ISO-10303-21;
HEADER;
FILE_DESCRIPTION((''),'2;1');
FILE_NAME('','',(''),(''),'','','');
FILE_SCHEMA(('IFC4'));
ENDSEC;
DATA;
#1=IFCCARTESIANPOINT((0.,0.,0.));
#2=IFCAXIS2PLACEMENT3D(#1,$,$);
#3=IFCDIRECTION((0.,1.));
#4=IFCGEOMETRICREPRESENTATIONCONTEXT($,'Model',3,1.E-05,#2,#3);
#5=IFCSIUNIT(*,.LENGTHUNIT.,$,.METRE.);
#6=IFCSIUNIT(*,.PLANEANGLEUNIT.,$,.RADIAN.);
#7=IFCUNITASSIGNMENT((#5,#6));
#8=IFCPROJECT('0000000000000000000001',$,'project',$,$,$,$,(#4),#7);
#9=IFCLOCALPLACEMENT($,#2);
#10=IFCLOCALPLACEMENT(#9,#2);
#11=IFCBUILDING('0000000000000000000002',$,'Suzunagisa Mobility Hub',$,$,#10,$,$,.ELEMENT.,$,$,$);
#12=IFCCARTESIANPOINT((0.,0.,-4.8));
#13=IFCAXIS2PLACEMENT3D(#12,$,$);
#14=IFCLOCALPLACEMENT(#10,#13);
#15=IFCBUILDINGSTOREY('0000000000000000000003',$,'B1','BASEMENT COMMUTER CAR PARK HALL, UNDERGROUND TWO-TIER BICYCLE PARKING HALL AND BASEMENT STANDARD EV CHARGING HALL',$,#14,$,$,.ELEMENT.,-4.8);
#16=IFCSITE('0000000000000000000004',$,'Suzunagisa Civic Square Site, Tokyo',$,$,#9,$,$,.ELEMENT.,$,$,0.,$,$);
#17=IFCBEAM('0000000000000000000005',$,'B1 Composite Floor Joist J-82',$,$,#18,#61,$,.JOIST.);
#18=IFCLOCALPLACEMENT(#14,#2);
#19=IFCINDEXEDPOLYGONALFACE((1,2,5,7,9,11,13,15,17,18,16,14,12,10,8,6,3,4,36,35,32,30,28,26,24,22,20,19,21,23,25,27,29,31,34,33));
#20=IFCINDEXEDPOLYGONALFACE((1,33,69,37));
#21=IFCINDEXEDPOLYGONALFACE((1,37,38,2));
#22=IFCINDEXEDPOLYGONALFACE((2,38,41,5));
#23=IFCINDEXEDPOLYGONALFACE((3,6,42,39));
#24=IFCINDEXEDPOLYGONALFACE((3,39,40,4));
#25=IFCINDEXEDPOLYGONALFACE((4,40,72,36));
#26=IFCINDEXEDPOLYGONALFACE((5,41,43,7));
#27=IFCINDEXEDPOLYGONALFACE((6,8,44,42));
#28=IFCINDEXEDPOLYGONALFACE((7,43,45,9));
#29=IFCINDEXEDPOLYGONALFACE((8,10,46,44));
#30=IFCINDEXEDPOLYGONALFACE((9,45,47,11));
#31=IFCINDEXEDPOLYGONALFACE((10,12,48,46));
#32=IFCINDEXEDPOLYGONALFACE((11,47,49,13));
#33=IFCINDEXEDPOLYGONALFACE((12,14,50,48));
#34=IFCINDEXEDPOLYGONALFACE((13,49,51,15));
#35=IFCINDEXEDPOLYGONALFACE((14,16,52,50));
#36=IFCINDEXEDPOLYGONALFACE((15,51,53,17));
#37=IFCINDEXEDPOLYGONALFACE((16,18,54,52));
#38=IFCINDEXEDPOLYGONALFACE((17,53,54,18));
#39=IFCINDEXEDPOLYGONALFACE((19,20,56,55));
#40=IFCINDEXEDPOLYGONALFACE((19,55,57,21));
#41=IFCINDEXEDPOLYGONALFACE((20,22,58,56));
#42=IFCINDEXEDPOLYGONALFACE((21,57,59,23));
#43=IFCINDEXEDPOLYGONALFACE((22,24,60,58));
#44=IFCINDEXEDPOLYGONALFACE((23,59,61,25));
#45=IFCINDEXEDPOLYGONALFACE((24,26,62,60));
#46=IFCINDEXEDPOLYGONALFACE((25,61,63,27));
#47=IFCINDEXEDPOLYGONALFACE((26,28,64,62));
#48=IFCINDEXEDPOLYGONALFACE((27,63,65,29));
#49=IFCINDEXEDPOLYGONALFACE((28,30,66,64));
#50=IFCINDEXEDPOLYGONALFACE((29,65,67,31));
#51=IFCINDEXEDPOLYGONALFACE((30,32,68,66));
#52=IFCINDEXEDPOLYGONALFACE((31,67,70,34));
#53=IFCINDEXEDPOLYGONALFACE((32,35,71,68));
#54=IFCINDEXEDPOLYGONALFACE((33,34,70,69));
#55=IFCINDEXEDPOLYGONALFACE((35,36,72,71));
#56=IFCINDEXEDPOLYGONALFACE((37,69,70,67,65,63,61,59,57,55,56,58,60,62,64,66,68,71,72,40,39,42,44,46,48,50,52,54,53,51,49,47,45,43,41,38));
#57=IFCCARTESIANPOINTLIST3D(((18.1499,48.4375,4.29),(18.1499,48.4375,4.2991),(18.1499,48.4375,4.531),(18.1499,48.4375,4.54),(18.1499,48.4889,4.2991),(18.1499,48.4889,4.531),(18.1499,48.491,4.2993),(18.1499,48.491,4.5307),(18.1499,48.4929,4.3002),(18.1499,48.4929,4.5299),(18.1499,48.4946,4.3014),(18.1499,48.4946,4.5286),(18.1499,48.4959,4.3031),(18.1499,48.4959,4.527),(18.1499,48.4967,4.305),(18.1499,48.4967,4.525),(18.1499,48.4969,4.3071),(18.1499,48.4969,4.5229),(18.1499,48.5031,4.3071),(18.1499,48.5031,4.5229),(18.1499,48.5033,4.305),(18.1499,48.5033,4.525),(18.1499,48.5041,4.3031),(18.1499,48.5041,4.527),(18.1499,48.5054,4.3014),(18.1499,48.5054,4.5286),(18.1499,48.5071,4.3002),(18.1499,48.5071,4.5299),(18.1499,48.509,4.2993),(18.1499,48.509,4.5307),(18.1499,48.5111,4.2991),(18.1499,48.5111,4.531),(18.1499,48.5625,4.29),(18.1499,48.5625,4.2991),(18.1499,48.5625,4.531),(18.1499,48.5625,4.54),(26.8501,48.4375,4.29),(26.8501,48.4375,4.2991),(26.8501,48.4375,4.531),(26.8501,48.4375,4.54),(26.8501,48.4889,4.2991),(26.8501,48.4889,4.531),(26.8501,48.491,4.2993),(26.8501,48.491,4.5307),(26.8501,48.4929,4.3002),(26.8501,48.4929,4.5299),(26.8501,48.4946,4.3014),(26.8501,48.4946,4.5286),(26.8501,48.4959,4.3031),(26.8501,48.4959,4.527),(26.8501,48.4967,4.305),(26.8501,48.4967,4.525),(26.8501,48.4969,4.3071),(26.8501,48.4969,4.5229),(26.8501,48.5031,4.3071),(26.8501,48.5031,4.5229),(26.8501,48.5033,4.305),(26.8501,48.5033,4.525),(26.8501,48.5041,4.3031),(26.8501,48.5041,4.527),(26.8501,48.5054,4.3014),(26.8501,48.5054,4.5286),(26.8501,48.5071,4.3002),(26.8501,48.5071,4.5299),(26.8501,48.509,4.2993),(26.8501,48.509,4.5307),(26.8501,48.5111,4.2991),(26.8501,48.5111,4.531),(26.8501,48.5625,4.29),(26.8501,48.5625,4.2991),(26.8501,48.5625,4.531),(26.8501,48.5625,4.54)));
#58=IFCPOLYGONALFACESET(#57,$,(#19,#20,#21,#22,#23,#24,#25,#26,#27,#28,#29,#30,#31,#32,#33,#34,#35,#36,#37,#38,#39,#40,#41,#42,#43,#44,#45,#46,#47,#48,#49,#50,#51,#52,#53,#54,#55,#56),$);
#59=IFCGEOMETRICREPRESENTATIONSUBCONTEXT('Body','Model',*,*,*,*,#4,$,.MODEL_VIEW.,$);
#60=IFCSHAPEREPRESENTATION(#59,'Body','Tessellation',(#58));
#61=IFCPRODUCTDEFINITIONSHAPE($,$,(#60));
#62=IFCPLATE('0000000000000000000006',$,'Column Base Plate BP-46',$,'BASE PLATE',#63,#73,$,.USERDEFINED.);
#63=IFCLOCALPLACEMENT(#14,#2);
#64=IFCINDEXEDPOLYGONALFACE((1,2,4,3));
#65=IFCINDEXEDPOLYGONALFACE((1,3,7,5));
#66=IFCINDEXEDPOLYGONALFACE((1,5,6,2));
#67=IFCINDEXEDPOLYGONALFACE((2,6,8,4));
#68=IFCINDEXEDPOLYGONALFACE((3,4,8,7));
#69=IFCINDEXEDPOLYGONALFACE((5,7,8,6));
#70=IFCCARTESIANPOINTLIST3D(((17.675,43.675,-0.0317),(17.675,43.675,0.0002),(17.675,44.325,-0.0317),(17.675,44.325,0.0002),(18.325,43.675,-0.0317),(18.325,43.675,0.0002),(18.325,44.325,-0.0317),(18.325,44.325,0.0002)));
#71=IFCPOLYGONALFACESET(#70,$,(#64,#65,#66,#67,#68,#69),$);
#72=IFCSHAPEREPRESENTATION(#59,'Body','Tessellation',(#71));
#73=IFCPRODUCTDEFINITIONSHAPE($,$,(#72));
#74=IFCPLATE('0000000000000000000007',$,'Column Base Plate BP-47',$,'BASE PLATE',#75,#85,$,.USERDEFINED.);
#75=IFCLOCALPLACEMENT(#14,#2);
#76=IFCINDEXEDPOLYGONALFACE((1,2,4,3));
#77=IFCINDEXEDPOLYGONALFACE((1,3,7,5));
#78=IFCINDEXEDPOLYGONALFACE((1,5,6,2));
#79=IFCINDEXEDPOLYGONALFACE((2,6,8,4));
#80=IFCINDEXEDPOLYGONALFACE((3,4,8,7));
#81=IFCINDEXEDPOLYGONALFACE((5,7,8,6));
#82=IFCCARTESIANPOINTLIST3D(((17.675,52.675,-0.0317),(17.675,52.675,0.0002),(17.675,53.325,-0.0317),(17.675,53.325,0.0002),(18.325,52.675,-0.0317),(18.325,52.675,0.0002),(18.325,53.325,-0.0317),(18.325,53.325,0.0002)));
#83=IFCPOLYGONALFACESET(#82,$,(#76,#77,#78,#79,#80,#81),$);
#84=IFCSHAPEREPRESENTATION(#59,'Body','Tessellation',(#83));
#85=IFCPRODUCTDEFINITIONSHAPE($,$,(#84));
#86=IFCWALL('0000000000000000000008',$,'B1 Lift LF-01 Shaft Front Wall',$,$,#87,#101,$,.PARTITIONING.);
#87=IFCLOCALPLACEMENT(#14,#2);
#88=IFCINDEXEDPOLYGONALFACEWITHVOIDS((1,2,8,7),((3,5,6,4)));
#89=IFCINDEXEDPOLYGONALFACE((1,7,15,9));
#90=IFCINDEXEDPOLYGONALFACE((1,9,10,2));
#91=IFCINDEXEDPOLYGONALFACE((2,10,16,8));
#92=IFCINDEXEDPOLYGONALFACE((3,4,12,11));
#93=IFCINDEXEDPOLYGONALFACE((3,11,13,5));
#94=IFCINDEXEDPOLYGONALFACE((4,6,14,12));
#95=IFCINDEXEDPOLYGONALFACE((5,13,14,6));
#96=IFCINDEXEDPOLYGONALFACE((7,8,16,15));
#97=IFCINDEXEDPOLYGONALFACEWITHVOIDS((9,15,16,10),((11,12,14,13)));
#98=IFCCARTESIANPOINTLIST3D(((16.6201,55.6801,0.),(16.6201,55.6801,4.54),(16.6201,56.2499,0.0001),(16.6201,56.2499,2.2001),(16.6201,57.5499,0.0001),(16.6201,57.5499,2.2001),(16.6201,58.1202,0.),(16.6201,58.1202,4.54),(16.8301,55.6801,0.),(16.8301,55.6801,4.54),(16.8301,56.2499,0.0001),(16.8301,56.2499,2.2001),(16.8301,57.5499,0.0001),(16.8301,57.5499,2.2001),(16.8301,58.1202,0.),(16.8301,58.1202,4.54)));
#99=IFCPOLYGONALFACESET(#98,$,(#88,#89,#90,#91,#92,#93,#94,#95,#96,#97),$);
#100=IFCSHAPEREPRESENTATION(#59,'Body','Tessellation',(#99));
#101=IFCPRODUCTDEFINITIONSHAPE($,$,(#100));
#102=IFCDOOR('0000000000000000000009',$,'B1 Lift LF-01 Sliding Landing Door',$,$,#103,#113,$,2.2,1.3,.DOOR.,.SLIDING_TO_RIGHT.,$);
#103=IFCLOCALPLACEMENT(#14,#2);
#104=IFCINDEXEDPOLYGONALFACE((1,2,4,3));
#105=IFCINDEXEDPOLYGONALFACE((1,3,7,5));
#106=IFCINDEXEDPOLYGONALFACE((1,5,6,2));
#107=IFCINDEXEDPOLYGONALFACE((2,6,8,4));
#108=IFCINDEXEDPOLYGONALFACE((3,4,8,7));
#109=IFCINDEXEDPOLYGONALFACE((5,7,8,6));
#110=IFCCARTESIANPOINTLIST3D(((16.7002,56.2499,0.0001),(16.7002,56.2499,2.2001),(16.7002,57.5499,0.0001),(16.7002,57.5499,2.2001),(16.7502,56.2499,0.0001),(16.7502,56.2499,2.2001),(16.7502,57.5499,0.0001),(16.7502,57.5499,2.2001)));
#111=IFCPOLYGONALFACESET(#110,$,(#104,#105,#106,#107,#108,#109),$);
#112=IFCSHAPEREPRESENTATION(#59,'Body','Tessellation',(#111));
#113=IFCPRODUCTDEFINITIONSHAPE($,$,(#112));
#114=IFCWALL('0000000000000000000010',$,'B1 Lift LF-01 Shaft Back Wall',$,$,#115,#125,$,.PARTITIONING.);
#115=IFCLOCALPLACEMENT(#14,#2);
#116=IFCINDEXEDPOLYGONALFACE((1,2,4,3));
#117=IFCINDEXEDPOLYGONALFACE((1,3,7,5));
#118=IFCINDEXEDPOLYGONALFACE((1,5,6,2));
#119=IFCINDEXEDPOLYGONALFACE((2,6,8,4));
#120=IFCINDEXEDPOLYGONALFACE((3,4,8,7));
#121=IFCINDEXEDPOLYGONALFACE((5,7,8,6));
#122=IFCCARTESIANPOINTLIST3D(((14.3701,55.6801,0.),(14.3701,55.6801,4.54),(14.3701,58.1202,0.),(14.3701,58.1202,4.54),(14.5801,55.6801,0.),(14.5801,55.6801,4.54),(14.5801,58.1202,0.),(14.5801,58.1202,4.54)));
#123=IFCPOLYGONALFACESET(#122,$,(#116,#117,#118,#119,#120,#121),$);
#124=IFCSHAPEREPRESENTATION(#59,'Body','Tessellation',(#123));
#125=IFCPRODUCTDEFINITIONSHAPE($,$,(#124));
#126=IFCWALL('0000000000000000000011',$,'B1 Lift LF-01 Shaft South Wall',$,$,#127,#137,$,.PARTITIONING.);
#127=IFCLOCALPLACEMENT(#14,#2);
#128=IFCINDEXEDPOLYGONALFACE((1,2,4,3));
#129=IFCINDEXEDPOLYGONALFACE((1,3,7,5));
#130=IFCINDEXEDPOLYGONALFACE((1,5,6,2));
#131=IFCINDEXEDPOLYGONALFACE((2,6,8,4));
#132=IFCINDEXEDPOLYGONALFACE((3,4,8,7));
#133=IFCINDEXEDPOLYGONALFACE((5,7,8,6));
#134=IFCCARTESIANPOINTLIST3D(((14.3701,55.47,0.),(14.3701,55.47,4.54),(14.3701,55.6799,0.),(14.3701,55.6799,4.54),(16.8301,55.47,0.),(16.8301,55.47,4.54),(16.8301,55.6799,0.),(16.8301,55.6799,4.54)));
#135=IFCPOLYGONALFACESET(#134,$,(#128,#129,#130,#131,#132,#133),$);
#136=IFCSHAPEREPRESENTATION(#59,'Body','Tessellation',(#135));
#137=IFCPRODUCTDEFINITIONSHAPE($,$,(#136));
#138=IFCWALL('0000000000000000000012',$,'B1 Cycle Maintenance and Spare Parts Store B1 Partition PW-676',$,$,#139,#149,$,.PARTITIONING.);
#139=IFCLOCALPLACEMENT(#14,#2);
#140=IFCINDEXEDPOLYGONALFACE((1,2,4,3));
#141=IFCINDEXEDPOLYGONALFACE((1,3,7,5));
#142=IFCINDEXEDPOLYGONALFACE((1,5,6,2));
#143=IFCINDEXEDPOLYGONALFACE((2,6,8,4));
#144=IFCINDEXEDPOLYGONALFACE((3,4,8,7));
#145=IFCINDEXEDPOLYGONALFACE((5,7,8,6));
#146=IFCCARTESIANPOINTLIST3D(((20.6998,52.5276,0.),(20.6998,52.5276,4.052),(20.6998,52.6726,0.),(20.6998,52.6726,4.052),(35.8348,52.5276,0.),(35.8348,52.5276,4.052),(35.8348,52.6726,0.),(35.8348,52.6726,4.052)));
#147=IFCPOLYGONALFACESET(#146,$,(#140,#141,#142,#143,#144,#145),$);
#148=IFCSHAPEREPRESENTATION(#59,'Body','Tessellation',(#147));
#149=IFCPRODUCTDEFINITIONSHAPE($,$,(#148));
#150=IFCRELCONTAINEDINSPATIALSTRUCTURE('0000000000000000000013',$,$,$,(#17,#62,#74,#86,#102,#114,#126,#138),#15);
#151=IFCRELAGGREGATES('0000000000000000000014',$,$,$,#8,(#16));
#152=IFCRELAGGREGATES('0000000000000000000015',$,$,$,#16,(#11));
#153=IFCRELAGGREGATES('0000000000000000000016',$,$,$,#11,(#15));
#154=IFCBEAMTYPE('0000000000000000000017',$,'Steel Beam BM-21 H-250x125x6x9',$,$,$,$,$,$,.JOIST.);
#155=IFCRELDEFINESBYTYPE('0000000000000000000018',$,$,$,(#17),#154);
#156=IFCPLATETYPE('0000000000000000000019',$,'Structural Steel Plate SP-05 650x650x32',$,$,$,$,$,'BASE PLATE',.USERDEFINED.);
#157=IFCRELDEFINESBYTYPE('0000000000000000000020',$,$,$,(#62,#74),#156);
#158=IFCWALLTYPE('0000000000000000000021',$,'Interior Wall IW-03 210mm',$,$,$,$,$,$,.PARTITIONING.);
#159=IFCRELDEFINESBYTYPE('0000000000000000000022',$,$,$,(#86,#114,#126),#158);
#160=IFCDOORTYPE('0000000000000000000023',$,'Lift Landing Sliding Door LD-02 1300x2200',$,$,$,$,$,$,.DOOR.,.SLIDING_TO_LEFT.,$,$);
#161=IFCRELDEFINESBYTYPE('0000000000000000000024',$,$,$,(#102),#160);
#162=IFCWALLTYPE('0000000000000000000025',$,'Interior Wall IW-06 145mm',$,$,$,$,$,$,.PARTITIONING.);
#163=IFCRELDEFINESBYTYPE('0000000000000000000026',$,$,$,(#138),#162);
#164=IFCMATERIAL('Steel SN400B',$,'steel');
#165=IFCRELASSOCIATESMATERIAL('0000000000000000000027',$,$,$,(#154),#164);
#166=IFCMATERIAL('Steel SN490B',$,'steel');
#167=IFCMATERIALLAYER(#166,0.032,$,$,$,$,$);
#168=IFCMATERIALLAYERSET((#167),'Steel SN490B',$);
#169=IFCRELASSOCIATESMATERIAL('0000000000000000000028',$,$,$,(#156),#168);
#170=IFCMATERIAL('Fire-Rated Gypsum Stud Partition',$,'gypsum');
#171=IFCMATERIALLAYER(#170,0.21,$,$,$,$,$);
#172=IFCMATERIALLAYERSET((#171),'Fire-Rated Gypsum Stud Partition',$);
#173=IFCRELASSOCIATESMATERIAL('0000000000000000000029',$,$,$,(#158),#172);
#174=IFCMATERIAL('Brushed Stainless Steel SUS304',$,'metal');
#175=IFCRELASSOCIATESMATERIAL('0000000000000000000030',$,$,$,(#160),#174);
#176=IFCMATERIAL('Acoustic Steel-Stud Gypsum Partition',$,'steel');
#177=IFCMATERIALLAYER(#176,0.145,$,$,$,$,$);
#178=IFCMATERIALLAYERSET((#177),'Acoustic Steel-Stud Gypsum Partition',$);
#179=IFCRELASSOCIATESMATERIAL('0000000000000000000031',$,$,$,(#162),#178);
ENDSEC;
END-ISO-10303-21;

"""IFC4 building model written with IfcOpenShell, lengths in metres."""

from ifc_helpers import new_model, si_unit, direction, frame, frame_2d, origin, origin_2d, place, context, subcontext, project, spatial, rectangle, i_section, extrude, material, layer, layer_set, material_profile, profile_set, type_object, element, fill, save


model = new_model("IFC4")

# Units and contexts
model_context = context("Model", 3, precision=1e-05, world=origin(), true_north=direction((0.0, 1.0)))
body_context = subcontext(model_context, "Body", "Model", "MODEL_VIEW")
ifc_project = project(units=[si_unit("LENGTHUNIT", "METRE"), si_unit("PLANEANGLEUNIT", "RADIAN")], contexts=[model_context])

# Site, building, storey
site_placement = place(None, origin())
site = spatial("IfcSite", under=ifc_project, at=site_placement, Name="Suzunagisa Civic Square Site, Tokyo", CompositionType="ELEMENT", RefElevation=0.0)
building_placement = place(site_placement, origin())
building = spatial("IfcBuilding", under=site, at=building_placement, Name="Suzunagisa Mobility Hub", CompositionType="ELEMENT")
storey_placement = place(building_placement, frame((0.0, 0.0, -4.8)))
storey = spatial("IfcBuildingStorey", under=building, at=storey_placement, Name="B1", Description="BASEMENT COMMUTER CAR PARK HALL, UNDERGROUND TWO-TIER BICYCLE PARKING HALL AND BASEMENT STANDARD EV CHARGING HALL", CompositionType="ELEMENT", Elevation=-4.8)

# Shared definitions
ifc_material_1 = material(Name="Steel SN490B", Category="steel")

# Beam
ifc_material_2 = material(Name="Steel SN400B", Category="steel")
ifc_material_profile_1 = material_profile(ifc_material_2, i_section(OverallWidth=0.125, OverallDepth=0.25, WebThickness=0.0061, FlangeThickness=0.009, FilletRadius=0.0081, at=origin_2d()), Name="H-250x125x6x9")
ifc_profile_set_1 = profile_set([ifc_material_profile_1], Name="Steel SN400B")
beam_type_1 = type_object("IfcBeamType", Name="Steel Beam BM-21 H-250x125x6x9", PredefinedType="JOIST", material=ifc_profile_set_1)
beam_placement = place(storey_placement, frame((18.1499, 48.5, 4.415), z_axis=(1.0, 0.0, 0.0), x_axis=(0.0, 1.0, 0.0)))
element("IfcBeam", 1, at=beam_placement, inside=storey, type_object=beam_type_1, Name="B1 Composite Floor Joist J-82", PredefinedType="JOIST", context=body_context, shape_type="SweptSolid", body=[
    extrude(i_section(OverallWidth=0.125, OverallDepth=0.25, WebThickness=0.0061, FlangeThickness=0.009, FilletRadius=0.0081, at=origin_2d()), origin(), (0.0, 0.0, 1.0), 8.7002),
])

# Plates
ifc_layer_1 = layer(ifc_material_1, 0.032)
ifc_layer_set_1 = layer_set([ifc_layer_1], Name="Steel SN490B")
plate_type = type_object("IfcPlateType", Name="Structural Steel Plate SP-05 650x650x32", ElementType="BASE PLATE", PredefinedType="USERDEFINED", material=ifc_layer_set_1)
for number, where, z_axis, x_axis, name in (
    (2, (18.0, 44.0, -0.0317), (0.0, 0.0, 1.0), (1.0, 0.0, 0.0), "Column Base Plate BP-46"),
    (3, (18.0, 53.0, -0.0317), (0.0, 0.0, 1.0), (1.0, 0.0, 0.0), "Column Base Plate BP-47"),
):
    element("IfcPlate", number, at=place(storey_placement, frame(where, z_axis=z_axis, x_axis=x_axis)), inside=storey, type_object=plate_type, Name=name, ObjectType="BASE PLATE", PredefinedType="USERDEFINED", context=body_context, shape_type="SweptSolid", body=[
        extrude(rectangle(XDim=0.6499, YDim=0.6499, at=origin_2d()), origin(), (0.0, 0.0, 1.0), 0.032),
    ])

# Wall, opening, door
ifc_material_3 = material(Name="Fire-Rated Gypsum Stud Partition", Category="gypsum")
ifc_layer_2 = layer(ifc_material_3, 0.21)
ifc_layer_set_2 = layer_set([ifc_layer_2], Name="Fire-Rated Gypsum Stud Partition")
wall_type_1 = type_object("IfcWallType", Name="Interior Wall IW-03 210mm", PredefinedType="PARTITIONING", material=ifc_layer_set_2)
wall_1_placement = place(storey_placement, frame((16.7251, 55.6799, 0.0), z_axis=(0.0, 0.0, 1.0), x_axis=(0.0, 1.0, 0.0)))
wall_1 = element("IfcWall", 4, at=wall_1_placement, inside=storey, type_object=wall_type_1, Name="B1 Lift LF-01 Shaft Front Wall", PredefinedType="PARTITIONING", context=body_context, shape_type="SweptSolid", body=[
    extrude(rectangle(XDim=2.4402, YDim=0.21, at=frame_2d((1.2202, 0.0))), origin(), (0.0, 0.0, 1.0), 4.54),
])
opening_1_placement = place(wall_1_placement, frame((0.5701, 0.0, 0.0)))
opening_1 = element("IfcOpeningElement", 5, at=opening_1_placement, cuts=wall_1, PredefinedType="OPENING", context=body_context, shape_type="SweptSolid", body=[
    extrude(rectangle(XDim=1.3, YDim=2.2, at=frame_2d((0.6499, 1.1001))), frame((0.0, 0.116, 0.0), z_axis=(0.0, -1.0, 0.0), x_axis=(1.0, 0.0, 0.0)), (0.0, 0.0, 1.0), 0.2319),
])
ifc_material_4 = material(Name="Brushed Stainless Steel SUS304", Category="metal")
door_type_1 = type_object("IfcDoorType", Name="Lift Landing Sliding Door LD-02 1300x2200", OperationType="SLIDING_TO_LEFT", PredefinedType="DOOR", material=ifc_material_4)
door_1_placement = place(opening_1_placement, origin())
door_1 = element("IfcDoor", 6, at=door_1_placement, inside=storey, type_object=door_type_1, Name="B1 Lift LF-01 Sliding Landing Door", OperationType="SLIDING_TO_RIGHT", OverallHeight=2.2, OverallWidth=1.3, PredefinedType="DOOR", context=body_context, shape_type="SweptSolid", body=[
    extrude(rectangle(XDim=1.3, YDim=2.2, at=frame_2d((0.6499, 1.1001))), frame((0.0, 0.0249, 0.0), z_axis=(0.0, -1.0, 0.0), x_axis=(1.0, 0.0, 0.0)), (0.0, 0.0, 1.0), 0.05),
])
fill(opening_1, door_1)

# Walls
wall_2_placement = place(storey_placement, frame((14.4751, 55.6799, 0.0), z_axis=(0.0, 0.0, 1.0), x_axis=(0.0, 1.0, 0.0)))
element("IfcWall", 7, at=wall_2_placement, inside=storey, type_object=wall_type_1, Name="B1 Lift LF-01 Shaft Back Wall", PredefinedType="PARTITIONING", context=body_context, shape_type="SweptSolid", body=[
    extrude(rectangle(XDim=2.4402, YDim=0.21, at=frame_2d((1.2202, 0.0))), origin(), (0.0, 0.0, 1.0), 4.54),
])
wall_3_placement = place(storey_placement, frame((14.3701, 55.575, 0.0), z_axis=(0.0, 0.0, 1.0), x_axis=(1.0, 0.0, 0.0)))
element("IfcWall", 8, at=wall_3_placement, inside=storey, type_object=wall_type_1, Name="B1 Lift LF-01 Shaft South Wall", PredefinedType="PARTITIONING", context=body_context, shape_type="SweptSolid", body=[
    extrude(rectangle(XDim=2.46, YDim=0.21, at=frame_2d((1.23, 0.0))), origin(), (0.0, 0.0, 1.0), 4.54),
])

# Wall
ifc_material_5 = material(Name="Acoustic Steel-Stud Gypsum Partition", Category="steel")
ifc_layer_3 = layer(ifc_material_5, 0.145)
ifc_layer_set_3 = layer_set([ifc_layer_3], Name="Acoustic Steel-Stud Gypsum Partition")
wall_type_2 = type_object("IfcWallType", Name="Interior Wall IW-06 145mm", PredefinedType="PARTITIONING", material=ifc_layer_set_3)
wall_4_placement = place(storey_placement, frame((20.7, 52.6001, 0.0), z_axis=(0.0, 0.0, 1.0), x_axis=(1.0, 0.0, 0.0)))
element("IfcWall", 9, at=wall_4_placement, inside=storey, type_object=wall_type_2, Name="B1 Cycle Maintenance and Spare Parts Store B1 Partition PW-676", PredefinedType="PARTITIONING", context=body_context, shape_type="SweptSolid", body=[
    extrude(rectangle(XDim=15.135, YDim=0.145, at=frame_2d((7.5674, 0.0))), origin(), (0.0, 0.0, 1.0), 4.052),
])

save(model, "model.ifc")
